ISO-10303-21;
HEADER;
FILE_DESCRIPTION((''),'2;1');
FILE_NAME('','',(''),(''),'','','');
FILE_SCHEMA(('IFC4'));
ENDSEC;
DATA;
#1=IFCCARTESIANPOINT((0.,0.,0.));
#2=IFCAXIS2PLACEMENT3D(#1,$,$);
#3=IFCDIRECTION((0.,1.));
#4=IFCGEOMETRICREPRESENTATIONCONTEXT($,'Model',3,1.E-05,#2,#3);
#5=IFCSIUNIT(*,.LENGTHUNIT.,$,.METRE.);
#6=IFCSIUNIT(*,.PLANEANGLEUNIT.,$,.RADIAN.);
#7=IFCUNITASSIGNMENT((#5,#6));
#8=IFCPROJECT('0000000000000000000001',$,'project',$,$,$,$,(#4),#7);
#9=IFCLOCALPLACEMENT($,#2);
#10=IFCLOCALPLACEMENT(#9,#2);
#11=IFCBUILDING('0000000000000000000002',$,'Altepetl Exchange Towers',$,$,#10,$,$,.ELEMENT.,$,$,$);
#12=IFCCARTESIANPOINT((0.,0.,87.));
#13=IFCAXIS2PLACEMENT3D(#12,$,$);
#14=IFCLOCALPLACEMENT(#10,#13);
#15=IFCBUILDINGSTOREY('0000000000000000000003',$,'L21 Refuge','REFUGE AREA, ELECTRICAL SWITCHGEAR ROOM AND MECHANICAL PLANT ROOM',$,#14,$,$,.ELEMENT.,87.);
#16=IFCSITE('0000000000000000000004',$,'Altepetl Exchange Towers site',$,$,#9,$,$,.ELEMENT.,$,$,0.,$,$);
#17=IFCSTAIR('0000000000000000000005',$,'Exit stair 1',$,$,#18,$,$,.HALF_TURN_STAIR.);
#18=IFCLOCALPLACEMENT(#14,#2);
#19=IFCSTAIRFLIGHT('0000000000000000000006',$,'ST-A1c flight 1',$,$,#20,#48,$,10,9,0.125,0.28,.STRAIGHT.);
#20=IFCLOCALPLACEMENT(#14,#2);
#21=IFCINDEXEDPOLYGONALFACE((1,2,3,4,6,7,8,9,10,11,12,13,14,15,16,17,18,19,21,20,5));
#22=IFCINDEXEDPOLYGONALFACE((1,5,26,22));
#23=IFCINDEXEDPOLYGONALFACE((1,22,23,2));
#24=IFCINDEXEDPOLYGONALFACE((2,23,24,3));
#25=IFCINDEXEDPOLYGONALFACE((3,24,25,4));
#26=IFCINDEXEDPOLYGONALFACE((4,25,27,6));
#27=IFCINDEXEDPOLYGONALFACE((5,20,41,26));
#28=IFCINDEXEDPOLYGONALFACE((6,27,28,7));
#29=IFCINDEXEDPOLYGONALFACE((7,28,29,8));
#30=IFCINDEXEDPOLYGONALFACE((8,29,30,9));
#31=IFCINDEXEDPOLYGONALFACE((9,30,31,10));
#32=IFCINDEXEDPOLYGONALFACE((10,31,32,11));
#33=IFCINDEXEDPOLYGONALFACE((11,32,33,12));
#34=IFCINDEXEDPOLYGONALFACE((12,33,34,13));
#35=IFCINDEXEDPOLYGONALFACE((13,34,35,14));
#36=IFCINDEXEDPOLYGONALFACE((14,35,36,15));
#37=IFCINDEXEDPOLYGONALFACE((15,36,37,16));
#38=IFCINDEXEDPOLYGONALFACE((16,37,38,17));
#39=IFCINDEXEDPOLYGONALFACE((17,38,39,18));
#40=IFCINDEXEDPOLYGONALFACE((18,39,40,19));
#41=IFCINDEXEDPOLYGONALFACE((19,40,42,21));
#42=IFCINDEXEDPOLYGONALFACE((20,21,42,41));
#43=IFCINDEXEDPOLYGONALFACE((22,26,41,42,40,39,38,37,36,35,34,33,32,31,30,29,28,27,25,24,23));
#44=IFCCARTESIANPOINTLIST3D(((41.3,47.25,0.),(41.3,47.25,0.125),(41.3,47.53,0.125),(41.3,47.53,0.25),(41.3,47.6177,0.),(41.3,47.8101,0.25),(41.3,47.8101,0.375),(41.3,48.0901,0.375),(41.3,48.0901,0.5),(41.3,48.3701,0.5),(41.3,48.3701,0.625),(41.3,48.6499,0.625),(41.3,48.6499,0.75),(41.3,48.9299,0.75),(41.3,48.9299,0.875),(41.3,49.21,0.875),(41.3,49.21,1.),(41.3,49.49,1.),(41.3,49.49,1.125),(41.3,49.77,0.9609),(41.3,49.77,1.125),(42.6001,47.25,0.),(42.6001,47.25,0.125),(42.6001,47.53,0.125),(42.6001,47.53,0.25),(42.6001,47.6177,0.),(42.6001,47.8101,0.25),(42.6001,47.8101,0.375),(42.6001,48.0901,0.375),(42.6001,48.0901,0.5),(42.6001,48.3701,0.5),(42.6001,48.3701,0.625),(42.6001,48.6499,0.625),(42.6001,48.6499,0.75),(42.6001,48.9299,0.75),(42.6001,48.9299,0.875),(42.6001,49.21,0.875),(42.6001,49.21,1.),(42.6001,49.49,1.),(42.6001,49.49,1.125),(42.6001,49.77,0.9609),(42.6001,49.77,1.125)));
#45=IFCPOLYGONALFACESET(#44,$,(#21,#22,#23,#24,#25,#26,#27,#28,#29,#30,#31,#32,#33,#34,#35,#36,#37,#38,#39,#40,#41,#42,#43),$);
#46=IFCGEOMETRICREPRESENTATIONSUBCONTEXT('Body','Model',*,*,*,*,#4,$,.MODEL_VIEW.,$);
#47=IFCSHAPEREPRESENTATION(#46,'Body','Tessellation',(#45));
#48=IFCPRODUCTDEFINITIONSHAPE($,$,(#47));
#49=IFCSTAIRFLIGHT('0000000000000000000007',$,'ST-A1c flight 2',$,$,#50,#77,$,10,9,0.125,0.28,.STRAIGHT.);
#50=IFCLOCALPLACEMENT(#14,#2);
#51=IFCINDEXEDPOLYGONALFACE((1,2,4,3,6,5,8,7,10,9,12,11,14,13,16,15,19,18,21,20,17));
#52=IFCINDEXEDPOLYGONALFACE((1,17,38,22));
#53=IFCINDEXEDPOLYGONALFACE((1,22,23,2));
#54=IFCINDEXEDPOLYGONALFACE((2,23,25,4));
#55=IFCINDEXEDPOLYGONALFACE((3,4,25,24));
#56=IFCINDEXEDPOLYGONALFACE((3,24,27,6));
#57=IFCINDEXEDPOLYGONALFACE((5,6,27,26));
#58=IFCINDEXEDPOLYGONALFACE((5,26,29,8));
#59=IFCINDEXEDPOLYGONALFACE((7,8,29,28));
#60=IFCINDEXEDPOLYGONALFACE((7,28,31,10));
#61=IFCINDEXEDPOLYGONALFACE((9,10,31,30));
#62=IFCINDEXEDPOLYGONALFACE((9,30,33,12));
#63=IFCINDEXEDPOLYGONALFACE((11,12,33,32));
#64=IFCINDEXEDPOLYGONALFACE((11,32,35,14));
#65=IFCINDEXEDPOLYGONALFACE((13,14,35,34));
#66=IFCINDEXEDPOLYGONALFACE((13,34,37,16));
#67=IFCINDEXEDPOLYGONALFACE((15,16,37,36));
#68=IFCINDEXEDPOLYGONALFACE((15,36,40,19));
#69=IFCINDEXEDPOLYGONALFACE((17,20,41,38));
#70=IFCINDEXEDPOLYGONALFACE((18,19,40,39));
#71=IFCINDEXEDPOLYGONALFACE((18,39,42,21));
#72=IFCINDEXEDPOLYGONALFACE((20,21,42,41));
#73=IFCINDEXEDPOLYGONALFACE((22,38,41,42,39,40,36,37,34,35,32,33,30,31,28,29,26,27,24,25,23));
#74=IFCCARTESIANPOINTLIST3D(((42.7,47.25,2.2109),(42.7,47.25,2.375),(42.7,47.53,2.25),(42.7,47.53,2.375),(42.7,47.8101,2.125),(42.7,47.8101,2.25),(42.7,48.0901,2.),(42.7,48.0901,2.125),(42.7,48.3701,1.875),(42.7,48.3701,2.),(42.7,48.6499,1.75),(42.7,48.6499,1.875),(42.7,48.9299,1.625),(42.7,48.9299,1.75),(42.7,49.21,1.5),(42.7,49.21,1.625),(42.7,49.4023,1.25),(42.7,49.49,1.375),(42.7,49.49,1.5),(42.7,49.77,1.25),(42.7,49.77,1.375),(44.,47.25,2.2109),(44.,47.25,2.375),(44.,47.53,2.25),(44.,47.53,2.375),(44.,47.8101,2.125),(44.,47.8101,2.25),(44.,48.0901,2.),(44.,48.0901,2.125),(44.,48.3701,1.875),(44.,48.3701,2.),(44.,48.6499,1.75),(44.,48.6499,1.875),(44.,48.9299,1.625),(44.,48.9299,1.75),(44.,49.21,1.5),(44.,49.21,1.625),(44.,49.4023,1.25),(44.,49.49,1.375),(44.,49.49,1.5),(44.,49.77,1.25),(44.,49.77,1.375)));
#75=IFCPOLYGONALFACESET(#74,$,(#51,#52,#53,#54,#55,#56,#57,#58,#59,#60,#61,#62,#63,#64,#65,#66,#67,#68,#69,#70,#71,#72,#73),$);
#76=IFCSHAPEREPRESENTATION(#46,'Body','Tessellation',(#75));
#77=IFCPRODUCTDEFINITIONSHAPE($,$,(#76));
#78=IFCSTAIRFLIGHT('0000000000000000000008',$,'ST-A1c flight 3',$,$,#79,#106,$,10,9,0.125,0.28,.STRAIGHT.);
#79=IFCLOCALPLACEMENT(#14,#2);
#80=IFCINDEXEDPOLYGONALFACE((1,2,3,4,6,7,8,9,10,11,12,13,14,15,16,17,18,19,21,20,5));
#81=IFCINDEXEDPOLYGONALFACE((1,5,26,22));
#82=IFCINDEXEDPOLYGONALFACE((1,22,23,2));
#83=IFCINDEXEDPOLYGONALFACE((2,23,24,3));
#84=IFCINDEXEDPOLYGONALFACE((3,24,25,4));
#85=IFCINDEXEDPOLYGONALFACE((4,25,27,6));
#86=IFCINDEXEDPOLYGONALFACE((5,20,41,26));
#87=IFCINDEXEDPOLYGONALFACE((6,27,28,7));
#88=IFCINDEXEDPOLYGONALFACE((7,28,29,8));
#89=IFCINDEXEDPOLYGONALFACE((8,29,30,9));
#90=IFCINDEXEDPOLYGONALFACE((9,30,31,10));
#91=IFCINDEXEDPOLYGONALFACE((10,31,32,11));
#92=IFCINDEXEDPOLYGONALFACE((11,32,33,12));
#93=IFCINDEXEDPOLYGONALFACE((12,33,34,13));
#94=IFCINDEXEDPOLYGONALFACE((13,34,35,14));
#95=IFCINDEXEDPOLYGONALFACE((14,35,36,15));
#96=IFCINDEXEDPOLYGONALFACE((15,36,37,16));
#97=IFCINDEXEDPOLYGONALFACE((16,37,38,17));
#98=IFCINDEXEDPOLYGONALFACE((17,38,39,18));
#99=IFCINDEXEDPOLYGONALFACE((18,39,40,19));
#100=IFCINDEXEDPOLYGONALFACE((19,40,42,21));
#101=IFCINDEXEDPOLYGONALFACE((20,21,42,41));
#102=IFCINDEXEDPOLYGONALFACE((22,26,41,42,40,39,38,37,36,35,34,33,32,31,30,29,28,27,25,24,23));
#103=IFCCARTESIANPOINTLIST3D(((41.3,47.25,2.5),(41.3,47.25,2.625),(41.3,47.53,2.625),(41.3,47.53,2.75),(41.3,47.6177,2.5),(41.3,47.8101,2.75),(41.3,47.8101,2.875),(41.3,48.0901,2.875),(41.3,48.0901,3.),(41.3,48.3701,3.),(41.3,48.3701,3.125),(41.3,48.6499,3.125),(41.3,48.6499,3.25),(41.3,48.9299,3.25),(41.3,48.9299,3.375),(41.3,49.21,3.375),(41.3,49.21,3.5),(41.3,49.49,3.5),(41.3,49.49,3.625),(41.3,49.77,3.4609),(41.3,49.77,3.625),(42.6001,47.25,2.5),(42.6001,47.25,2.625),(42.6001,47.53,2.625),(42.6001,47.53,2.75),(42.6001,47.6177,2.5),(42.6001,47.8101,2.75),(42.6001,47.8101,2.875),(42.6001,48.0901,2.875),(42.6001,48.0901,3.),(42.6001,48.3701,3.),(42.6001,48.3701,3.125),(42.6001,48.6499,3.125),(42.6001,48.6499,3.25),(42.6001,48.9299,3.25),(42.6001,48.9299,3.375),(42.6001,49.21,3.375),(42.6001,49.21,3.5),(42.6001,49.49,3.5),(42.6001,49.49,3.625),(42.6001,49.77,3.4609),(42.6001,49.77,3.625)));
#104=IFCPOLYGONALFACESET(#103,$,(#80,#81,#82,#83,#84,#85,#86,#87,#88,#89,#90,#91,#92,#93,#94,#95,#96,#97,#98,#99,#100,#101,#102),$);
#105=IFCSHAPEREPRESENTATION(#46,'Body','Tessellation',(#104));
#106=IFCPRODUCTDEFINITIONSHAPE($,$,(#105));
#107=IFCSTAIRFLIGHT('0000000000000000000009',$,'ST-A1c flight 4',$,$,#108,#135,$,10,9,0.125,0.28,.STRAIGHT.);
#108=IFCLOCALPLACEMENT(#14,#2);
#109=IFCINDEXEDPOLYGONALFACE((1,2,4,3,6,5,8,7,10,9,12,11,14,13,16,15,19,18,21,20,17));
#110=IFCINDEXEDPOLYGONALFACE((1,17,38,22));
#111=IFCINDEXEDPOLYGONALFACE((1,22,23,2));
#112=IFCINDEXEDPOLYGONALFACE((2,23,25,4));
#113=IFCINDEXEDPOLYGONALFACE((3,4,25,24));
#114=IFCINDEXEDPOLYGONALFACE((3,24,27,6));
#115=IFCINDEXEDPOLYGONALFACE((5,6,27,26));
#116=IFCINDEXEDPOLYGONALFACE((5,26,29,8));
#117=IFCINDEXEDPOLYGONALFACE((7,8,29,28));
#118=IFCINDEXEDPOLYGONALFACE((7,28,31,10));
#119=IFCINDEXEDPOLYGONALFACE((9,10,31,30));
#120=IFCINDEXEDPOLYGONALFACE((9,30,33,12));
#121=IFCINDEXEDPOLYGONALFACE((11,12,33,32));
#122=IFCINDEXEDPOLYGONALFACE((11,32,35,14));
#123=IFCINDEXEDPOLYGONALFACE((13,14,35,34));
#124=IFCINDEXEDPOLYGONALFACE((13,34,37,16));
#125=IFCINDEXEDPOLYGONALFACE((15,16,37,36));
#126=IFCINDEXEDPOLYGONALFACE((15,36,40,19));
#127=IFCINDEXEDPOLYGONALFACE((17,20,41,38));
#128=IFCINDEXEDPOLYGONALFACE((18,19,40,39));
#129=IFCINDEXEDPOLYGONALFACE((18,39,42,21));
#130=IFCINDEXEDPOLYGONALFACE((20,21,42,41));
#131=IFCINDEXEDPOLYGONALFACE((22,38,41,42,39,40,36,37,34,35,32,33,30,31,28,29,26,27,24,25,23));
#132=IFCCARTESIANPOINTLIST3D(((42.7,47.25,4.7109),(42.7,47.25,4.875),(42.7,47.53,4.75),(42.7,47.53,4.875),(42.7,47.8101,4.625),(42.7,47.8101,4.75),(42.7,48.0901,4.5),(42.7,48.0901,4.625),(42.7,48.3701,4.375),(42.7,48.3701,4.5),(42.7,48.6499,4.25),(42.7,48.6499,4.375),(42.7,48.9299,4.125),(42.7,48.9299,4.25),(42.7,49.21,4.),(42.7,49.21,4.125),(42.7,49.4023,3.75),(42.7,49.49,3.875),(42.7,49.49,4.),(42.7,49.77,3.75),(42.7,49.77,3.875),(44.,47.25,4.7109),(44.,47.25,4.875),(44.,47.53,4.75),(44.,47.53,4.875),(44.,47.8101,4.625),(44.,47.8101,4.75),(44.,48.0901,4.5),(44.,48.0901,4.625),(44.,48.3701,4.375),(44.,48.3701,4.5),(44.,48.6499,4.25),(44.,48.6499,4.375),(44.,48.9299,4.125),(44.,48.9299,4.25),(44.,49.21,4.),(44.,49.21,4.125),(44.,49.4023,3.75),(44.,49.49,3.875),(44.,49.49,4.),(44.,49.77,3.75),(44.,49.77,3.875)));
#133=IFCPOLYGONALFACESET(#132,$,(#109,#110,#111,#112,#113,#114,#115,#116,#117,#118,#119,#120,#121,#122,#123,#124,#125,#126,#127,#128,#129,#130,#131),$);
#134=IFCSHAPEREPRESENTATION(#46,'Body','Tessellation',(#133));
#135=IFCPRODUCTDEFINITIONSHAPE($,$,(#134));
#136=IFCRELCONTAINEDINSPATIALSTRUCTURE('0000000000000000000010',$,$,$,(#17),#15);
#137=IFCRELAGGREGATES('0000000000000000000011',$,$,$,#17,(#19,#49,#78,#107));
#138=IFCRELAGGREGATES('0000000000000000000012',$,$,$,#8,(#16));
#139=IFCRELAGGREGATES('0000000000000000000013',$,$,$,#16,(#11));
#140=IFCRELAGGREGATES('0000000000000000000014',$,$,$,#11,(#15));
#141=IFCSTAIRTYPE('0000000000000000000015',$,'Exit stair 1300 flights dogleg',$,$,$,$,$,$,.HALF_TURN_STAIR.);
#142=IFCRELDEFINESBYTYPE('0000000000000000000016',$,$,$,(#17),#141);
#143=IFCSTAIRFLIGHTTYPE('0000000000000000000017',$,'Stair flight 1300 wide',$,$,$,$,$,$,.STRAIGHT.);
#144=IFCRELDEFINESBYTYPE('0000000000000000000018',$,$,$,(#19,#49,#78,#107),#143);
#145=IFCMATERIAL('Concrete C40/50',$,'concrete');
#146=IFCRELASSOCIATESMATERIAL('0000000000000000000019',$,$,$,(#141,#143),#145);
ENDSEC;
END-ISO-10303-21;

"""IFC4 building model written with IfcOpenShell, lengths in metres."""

from ifc_helpers import new_model, si_unit, direction, frame, origin, place, context, subcontext, project, spatial, polyline, outline, extrude, material, type_object, element, aggregate, save


model = new_model("IFC4")

# Units and contexts
model_context = context("Model", 3, precision=1e-05, world=origin(), true_north=direction((0.0, 1.0)))
body_context = subcontext(model_context, "Body", "Model", "MODEL_VIEW")
ifc_project = project(units=[si_unit("LENGTHUNIT", "METRE"), si_unit("PLANEANGLEUNIT", "RADIAN")], contexts=[model_context])

# Site, building, storey
site_placement = place(None, origin())
site = spatial("IfcSite", under=ifc_project, at=site_placement, Name="Altepetl Exchange Towers site", CompositionType="ELEMENT", RefElevation=0.0)
building_placement = place(site_placement, origin())
building = spatial("IfcBuilding", under=site, at=building_placement, Name="Altepetl Exchange Towers", CompositionType="ELEMENT")
storey_placement = place(building_placement, frame((0.0, 0.0, 87.0)))
storey = spatial("IfcBuildingStorey", under=building, at=storey_placement, Name="L21 Refuge", Description="REFUGE AREA, ELECTRICAL SWITCHGEAR ROOM AND MECHANICAL PLANT ROOM", CompositionType="ELEMENT", Elevation=87.0)

# Shared definitions
ifc_material_1 = material(Name="Concrete C40/50", Category="concrete")

# Stair, stair flights
stair_type = type_object("IfcStairType", Name="Exit stair 1300 flights dogleg", PredefinedType="HALF_TURN_STAIR", material=ifc_material_1)
stair_placement = place(storey_placement, origin())
stair = element("IfcStair", 1, at=stair_placement, inside=storey, type_object=stair_type, Name="Exit stair 1", PredefinedType="HALF_TURN_STAIR")
stair_flight_type = type_object("IfcStairFlightType", Name="Stair flight 1300 wide", PredefinedType="STRAIGHT", material=ifc_material_1)
stair_flight_1_placement = place(storey_placement, frame((41.95, 47.25, 0.0), z_axis=(0.0, 0.0, 1.0), x_axis=(0.0, 1.0, 0.0)))
stair_flight_1 = element("IfcStairFlight", 2, at=stair_flight_1_placement, type_object=stair_flight_type, Name="ST-A1c flight 1", NumberOfRisers=10, NumberOfTreads=9, PredefinedType="STRAIGHT", RiserHeight=0.125, TreadLength=0.28, context=body_context, shape_type="SweptSolid", body=[
    extrude(outline(polyline([(0.0, 0.0), (0.0, 0.125), (0.28, 0.125), (0.28, 0.25), (0.5601, 0.25), (0.5601, 0.375), (0.8401, 0.375), (0.8401, 0.5), (1.1201, 0.5), (1.1201, 0.625), (1.3999, 0.625), (1.3999, 0.75), (1.6799, 0.75), (1.6799, 0.875), (1.96, 0.875), (1.96, 1.0), (2.24, 1.0), (2.24, 1.125), (2.52, 1.125), (2.52, 1.25), (2.52, 0.9609), (0.3677, 0.0), (0.0, 0.0)])), frame((0.0, 0.6499, 0.0), z_axis=(0.0, -1.0, 0.0), x_axis=(1.0, 0.0, 0.0)), (0.0, 0.0, 1.0), 1.3),
])
stair_flight_2_placement = place(storey_placement, frame((43.3501, 49.77, 1.25), z_axis=(0.0, 0.0, 1.0), x_axis=(0.0, -1.0, 0.0)))
stair_flight_2 = element("IfcStairFlight", 3, at=stair_flight_2_placement, type_object=stair_flight_type, Name="ST-A1c flight 2", NumberOfRisers=10, NumberOfTreads=9, PredefinedType="STRAIGHT", RiserHeight=0.125, TreadLength=0.28, context=body_context, shape_type="SweptSolid", body=[
    extrude(outline(polyline([(0.0, 0.0), (0.0, 0.125), (0.28, 0.125), (0.28, 0.25), (0.5601, 0.25), (0.5601, 0.375), (0.8401, 0.375), (0.8401, 0.5), (1.1201, 0.5), (1.1201, 0.625), (1.3999, 0.625), (1.3999, 0.75), (1.6799, 0.75), (1.6799, 0.875), (1.96, 0.875), (1.96, 1.0), (2.24, 1.0), (2.24, 1.125), (2.52, 1.125), (2.52, 1.25), (2.52, 0.9609), (0.3677, 0.0), (0.0, 0.0)])), frame((0.0, 0.6499, 0.0), z_axis=(0.0, -1.0, 0.0), x_axis=(1.0, 0.0, 0.0)), (0.0, 0.0, 1.0), 1.3),
])
stair_flight_3_placement = place(storey_placement, frame((41.95, 47.25, 2.5), z_axis=(0.0, 0.0, 1.0), x_axis=(0.0, 1.0, 0.0)))
stair_flight_3 = element("IfcStairFlight", 4, at=stair_flight_3_placement, type_object=stair_flight_type, Name="ST-A1c flight 3", NumberOfRisers=10, NumberOfTreads=9, PredefinedType="STRAIGHT", RiserHeight=0.125, TreadLength=0.28, context=body_context, shape_type="SweptSolid", body=[
    extrude(outline(polyline([(0.0, 0.0), (0.0, 0.125), (0.28, 0.125), (0.28, 0.25), (0.5601, 0.25), (0.5601, 0.375), (0.8401, 0.375), (0.8401, 0.5), (1.1201, 0.5), (1.1201, 0.625), (1.3999, 0.625), (1.3999, 0.75), (1.6799, 0.75), (1.6799, 0.875), (1.96, 0.875), (1.96, 1.0), (2.24, 1.0), (2.24, 1.125), (2.52, 1.125), (2.52, 1.25), (2.52, 0.9609), (0.3677, 0.0), (0.0, 0.0)])), frame((0.0, 0.6499, 0.0), z_axis=(0.0, -1.0, 0.0), x_axis=(1.0, 0.0, 0.0)), (0.0, 0.0, 1.0), 1.3),
])
stair_flight_4_placement = place(storey_placement, frame((43.3501, 49.77, 3.75), z_axis=(0.0, 0.0, 1.0), x_axis=(0.0, -1.0, 0.0)))
stair_flight_4 = element("IfcStairFlight", 5, at=stair_flight_4_placement, type_object=stair_flight_type, Name="ST-A1c flight 4", NumberOfRisers=10, NumberOfTreads=9, PredefinedType="STRAIGHT", RiserHeight=0.125, TreadLength=0.28, context=body_context, shape_type="SweptSolid", body=[
    extrude(outline(polyline([(0.0, 0.0), (0.0, 0.125), (0.28, 0.125), (0.28, 0.25), (0.5601, 0.25), (0.5601, 0.375), (0.8401, 0.375), (0.8401, 0.5), (1.1201, 0.5), (1.1201, 0.625), (1.3999, 0.625), (1.3999, 0.75), (1.6799, 0.75), (1.6799, 0.875), (1.96, 0.875), (1.96, 1.0), (2.24, 1.0), (2.24, 1.125), (2.52, 1.125), (2.52, 1.25), (2.52, 0.9609), (0.3677, 0.0), (0.0, 0.0)])), frame((0.0, 0.6499, 0.0), z_axis=(0.0, -1.0, 0.0), x_axis=(1.0, 0.0, 0.0)), (0.0, 0.0, 1.0), 1.3),
])
aggregate(stair, [stair_flight_1, stair_flight_2, stair_flight_3, stair_flight_4])

save(model, "model.ifc")
